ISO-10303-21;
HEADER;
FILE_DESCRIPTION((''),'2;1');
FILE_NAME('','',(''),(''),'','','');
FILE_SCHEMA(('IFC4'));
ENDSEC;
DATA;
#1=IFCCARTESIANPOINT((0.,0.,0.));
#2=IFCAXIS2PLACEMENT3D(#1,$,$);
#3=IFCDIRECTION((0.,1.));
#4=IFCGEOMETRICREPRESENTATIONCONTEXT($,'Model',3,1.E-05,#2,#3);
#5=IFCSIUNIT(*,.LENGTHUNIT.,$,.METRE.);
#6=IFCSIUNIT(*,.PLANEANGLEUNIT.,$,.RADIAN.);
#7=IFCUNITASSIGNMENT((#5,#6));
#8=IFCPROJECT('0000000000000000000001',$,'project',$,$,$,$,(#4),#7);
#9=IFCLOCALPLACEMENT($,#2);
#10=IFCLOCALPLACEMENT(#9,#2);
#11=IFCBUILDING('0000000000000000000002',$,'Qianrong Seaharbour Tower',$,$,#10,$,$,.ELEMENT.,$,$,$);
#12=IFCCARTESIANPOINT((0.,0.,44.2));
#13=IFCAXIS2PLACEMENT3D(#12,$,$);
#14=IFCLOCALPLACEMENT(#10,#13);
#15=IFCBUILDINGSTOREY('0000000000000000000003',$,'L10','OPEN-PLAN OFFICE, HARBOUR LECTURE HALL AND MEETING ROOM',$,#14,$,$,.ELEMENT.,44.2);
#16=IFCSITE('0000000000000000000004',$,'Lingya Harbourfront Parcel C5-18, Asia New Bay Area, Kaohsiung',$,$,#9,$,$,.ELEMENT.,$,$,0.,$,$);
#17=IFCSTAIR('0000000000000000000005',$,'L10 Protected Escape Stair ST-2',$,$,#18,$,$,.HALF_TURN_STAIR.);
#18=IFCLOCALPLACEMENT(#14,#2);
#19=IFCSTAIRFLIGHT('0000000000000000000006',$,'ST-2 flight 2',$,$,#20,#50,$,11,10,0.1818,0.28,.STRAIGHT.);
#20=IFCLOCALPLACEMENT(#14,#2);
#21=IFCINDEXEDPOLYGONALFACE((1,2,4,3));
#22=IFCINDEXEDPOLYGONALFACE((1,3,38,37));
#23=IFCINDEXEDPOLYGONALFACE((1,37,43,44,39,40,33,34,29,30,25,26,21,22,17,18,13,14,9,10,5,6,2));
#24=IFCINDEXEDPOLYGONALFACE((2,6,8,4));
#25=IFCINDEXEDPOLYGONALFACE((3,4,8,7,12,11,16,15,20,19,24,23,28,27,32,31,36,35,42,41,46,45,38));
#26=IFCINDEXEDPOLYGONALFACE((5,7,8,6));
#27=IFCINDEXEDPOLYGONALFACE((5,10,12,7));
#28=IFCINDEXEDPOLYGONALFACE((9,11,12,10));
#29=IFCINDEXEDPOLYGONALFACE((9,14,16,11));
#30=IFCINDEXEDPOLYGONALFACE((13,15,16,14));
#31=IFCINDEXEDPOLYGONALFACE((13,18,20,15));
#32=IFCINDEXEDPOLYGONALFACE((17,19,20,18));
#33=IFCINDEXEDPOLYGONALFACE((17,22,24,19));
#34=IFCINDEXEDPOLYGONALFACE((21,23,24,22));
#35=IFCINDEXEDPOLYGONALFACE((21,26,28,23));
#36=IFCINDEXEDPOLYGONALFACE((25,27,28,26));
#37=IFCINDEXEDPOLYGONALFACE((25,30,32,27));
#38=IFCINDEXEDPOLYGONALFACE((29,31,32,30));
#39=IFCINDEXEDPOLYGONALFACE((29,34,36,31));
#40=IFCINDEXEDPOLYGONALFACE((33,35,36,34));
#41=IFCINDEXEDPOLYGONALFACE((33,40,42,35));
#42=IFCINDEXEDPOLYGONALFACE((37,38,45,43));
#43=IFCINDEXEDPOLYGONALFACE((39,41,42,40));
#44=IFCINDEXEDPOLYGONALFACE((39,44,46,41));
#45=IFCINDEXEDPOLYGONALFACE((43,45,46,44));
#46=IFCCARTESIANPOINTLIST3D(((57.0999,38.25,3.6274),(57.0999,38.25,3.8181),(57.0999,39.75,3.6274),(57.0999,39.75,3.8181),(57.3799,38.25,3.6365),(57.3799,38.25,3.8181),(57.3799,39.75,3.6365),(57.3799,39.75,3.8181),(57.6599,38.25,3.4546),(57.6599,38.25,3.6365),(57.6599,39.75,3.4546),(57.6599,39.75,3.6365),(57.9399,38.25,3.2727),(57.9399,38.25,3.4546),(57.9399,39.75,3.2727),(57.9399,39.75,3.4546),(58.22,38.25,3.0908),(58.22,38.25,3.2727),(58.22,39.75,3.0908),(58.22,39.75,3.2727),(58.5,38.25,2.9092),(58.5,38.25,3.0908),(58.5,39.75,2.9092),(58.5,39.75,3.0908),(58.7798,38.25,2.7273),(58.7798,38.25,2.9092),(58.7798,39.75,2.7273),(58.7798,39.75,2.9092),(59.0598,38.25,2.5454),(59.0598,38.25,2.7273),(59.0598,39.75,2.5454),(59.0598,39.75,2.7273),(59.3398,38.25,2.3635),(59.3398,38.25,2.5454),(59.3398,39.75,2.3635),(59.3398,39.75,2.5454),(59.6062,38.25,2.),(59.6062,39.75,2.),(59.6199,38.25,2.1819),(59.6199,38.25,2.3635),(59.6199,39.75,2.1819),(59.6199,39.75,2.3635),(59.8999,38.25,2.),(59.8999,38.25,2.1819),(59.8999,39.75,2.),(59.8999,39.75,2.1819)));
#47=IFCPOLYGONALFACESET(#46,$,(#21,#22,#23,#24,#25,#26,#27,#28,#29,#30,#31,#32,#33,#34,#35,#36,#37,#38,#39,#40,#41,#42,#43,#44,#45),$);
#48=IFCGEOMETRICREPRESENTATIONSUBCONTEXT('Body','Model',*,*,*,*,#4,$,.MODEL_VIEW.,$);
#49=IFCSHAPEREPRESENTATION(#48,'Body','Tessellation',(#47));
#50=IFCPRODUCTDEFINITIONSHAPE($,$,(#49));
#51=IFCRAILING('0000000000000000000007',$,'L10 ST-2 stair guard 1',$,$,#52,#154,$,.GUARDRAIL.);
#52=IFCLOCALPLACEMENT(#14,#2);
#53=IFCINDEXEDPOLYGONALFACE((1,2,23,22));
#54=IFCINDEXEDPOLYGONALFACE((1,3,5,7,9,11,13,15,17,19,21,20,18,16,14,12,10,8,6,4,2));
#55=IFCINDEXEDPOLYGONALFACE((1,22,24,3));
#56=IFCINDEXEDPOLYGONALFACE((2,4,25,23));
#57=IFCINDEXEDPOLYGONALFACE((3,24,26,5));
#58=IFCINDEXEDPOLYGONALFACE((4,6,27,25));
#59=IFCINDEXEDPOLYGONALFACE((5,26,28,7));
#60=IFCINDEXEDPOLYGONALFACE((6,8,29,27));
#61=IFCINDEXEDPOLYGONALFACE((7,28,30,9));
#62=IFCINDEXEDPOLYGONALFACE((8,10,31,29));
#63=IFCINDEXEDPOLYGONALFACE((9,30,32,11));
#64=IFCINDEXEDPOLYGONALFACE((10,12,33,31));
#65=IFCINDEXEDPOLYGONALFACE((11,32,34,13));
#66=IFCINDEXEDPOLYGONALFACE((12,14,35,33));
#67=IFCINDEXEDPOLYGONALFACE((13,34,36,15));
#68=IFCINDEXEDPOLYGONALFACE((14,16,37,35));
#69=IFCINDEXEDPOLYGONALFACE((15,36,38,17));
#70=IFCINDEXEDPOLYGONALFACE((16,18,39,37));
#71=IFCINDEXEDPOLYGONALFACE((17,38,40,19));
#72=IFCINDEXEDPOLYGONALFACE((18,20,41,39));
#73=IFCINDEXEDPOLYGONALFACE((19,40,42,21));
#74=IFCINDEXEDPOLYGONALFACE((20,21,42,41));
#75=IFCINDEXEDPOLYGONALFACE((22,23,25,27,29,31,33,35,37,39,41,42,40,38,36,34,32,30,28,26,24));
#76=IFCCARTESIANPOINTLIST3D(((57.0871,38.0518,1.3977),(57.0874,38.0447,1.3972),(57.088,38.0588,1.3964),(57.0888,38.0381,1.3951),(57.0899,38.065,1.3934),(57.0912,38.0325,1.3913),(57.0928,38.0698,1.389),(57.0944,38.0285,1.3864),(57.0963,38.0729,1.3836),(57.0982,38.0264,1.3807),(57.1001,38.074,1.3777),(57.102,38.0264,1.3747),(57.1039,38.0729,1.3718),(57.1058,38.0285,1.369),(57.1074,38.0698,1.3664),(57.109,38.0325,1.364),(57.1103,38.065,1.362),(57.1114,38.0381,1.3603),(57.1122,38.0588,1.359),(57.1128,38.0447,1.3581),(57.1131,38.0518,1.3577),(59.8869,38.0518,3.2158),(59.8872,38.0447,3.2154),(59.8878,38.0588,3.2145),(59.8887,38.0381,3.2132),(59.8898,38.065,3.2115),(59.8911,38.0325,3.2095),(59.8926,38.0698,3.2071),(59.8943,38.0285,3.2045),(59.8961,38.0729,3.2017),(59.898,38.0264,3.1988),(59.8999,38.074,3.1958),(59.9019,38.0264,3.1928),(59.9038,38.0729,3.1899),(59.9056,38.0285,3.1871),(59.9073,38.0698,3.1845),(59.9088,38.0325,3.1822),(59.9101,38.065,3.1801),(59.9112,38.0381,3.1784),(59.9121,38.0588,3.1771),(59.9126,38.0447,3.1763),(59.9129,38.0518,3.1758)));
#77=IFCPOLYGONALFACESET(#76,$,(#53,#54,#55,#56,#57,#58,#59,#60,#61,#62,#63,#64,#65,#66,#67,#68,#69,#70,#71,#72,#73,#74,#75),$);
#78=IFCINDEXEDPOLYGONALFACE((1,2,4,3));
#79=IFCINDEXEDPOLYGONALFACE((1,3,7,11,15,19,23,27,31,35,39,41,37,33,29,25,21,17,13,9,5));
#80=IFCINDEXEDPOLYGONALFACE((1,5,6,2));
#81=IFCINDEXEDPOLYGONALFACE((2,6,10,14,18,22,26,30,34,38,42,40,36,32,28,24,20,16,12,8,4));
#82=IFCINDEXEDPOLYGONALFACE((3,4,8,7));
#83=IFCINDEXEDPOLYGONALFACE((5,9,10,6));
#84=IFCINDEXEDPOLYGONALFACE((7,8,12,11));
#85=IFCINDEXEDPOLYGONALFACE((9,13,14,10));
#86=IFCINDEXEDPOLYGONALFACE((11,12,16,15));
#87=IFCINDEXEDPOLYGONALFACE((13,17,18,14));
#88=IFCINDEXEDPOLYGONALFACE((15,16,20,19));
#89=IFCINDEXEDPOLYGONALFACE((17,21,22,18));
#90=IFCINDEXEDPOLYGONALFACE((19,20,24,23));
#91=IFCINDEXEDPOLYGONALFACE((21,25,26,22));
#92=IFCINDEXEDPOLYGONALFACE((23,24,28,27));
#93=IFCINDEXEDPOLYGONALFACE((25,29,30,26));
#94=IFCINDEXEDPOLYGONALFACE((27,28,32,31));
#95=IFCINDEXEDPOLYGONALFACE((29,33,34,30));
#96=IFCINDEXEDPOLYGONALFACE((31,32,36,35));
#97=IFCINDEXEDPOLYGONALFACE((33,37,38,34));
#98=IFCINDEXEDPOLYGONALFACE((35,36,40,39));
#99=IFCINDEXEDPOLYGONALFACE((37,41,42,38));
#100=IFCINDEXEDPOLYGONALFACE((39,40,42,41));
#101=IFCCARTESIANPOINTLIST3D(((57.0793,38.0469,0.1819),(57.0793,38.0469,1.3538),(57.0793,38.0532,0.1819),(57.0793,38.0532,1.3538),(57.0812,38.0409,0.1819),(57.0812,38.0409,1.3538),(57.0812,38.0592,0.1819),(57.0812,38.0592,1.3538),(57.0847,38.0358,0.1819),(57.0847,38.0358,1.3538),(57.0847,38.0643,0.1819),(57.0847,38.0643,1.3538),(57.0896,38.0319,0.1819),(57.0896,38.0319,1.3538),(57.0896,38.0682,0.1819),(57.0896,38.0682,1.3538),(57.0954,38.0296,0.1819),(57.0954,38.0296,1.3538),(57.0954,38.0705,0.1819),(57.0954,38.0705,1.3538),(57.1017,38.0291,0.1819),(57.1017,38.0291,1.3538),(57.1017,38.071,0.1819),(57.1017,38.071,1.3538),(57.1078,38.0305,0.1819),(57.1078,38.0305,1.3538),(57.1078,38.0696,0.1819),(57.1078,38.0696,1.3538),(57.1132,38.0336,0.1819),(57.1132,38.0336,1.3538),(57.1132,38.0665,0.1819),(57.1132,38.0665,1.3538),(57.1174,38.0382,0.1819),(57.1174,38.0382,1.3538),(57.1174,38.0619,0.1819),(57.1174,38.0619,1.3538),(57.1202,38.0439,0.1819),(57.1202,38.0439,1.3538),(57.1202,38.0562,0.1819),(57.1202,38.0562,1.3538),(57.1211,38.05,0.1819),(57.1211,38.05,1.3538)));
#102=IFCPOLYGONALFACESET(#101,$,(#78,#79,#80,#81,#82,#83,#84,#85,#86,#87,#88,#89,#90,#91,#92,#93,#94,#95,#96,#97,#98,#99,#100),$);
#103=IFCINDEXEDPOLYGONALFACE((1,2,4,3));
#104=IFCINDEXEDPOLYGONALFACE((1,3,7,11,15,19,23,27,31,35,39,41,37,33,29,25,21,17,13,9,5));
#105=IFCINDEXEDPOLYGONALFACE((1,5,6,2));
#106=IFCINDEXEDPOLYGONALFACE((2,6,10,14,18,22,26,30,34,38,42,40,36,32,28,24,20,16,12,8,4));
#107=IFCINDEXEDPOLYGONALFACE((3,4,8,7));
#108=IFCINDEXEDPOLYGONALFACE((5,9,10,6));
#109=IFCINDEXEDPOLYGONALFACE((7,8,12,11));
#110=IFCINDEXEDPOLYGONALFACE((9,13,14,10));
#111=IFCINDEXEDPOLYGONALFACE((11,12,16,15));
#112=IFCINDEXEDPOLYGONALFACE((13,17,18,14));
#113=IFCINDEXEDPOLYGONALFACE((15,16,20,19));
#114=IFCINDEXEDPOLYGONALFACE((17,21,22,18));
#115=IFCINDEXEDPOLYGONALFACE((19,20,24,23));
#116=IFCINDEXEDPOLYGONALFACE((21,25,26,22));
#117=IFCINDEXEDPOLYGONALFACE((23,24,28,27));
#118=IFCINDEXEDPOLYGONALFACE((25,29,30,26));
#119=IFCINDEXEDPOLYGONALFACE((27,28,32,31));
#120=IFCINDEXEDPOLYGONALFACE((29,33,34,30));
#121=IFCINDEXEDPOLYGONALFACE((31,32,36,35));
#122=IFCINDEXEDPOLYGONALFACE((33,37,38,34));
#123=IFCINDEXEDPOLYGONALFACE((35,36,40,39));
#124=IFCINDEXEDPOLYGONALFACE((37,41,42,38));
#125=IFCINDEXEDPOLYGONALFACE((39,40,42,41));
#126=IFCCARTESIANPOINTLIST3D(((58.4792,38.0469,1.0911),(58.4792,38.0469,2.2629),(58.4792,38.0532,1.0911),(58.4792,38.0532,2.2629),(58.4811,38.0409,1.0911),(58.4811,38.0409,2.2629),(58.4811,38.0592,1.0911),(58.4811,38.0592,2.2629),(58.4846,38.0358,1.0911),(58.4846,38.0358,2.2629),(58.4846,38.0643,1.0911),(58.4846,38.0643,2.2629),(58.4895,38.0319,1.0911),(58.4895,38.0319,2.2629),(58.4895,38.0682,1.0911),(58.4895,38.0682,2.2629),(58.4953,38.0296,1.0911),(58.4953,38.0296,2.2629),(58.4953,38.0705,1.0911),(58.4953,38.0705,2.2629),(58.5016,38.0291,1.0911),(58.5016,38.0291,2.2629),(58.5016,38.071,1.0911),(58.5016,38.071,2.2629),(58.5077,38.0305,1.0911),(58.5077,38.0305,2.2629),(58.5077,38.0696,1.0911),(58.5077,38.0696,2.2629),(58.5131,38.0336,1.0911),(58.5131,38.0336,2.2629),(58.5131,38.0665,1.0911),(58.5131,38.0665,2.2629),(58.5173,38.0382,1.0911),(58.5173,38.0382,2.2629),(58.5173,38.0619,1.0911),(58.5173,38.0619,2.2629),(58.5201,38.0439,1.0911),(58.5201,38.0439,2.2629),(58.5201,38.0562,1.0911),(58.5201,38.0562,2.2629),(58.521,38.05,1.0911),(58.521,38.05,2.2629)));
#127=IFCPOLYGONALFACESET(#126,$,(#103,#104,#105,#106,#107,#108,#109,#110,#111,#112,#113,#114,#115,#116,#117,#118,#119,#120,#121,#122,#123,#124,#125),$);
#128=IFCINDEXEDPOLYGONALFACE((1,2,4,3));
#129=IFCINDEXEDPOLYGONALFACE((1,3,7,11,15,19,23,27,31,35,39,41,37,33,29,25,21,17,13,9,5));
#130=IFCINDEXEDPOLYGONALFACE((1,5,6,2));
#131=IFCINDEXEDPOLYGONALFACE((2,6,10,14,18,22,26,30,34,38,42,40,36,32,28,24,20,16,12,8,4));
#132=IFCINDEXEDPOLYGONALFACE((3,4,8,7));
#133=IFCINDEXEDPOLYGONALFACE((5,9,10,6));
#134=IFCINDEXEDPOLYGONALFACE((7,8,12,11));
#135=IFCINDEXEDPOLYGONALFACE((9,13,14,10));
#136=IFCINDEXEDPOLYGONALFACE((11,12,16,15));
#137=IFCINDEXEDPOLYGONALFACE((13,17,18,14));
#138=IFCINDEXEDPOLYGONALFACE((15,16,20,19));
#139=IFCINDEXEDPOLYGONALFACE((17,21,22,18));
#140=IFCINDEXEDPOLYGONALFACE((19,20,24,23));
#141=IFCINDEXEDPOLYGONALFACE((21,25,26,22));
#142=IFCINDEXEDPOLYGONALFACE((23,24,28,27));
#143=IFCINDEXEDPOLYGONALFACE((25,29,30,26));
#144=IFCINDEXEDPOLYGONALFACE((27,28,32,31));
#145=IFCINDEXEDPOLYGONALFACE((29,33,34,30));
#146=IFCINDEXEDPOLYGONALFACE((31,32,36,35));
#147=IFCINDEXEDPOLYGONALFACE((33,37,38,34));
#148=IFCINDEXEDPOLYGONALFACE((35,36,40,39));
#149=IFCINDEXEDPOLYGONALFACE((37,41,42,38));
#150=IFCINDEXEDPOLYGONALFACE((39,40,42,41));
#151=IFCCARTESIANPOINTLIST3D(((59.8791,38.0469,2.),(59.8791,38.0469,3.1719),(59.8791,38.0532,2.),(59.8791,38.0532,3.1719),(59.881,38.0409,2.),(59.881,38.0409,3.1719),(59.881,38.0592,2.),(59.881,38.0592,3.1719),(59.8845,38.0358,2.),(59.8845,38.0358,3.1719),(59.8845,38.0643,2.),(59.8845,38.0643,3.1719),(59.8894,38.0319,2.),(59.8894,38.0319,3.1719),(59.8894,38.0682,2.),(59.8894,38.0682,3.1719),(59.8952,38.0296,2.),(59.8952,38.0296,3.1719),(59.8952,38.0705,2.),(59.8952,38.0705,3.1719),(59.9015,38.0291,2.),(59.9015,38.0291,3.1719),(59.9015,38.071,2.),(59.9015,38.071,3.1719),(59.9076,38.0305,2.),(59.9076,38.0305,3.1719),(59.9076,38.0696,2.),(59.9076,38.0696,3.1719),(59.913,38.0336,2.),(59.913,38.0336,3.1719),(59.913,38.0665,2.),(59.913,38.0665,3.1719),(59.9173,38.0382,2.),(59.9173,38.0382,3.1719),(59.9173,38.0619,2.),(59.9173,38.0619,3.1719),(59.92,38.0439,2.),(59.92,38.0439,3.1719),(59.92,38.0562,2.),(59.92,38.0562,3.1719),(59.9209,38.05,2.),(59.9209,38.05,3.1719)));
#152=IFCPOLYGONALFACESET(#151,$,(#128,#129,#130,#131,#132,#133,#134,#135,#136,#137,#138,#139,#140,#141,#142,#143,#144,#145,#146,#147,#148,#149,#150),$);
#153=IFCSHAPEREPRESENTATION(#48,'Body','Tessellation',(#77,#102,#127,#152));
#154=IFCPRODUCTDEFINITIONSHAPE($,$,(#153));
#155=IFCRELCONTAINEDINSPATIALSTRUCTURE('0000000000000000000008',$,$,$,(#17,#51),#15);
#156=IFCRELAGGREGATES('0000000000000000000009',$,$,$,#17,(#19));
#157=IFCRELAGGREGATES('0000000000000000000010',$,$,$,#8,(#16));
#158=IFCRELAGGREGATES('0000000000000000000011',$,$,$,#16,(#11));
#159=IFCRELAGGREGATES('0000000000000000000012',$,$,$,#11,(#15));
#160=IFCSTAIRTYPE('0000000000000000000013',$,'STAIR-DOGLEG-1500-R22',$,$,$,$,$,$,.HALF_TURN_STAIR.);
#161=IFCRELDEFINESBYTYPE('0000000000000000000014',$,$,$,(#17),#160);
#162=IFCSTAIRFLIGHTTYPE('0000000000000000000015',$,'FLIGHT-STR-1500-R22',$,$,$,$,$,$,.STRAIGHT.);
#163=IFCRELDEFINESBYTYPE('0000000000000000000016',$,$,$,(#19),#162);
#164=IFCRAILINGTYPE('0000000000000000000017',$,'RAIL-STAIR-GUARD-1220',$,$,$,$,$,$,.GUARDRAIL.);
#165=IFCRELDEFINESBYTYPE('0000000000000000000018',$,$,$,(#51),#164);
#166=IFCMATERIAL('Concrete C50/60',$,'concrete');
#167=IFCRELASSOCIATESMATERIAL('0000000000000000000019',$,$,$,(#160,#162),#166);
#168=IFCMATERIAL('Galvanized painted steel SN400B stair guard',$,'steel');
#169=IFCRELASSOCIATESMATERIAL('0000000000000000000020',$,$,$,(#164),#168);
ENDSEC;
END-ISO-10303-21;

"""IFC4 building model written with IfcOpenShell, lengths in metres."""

from ifc_helpers import new_model, si_unit, direction, frame, origin, origin_2d, place, context, subcontext, project, spatial, polyline, circle, outline, extrude, material, type_object, element, aggregate, save


model = new_model("IFC4")

# Units and contexts
model_context = context("Model", 3, precision=1e-05, world=origin(), true_north=direction((0.0, 1.0)))
body_context = subcontext(model_context, "Body", "Model", "MODEL_VIEW")
ifc_project = project(units=[si_unit("LENGTHUNIT", "METRE"), si_unit("PLANEANGLEUNIT", "RADIAN")], contexts=[model_context])

# Site, building, storey
site_placement = place(None, origin())
site = spatial("IfcSite", under=ifc_project, at=site_placement, Name="Lingya Harbourfront Parcel C5-18, Asia New Bay Area, Kaohsiung", CompositionType="ELEMENT", RefElevation=0.0)
building_placement = place(site_placement, origin())
building = spatial("IfcBuilding", under=site, at=building_placement, Name="Qianrong Seaharbour Tower", CompositionType="ELEMENT")
storey_placement = place(building_placement, frame((0.0, 0.0, 44.2)))
storey = spatial("IfcBuildingStorey", under=building, at=storey_placement, Name="L10", Description="OPEN-PLAN OFFICE, HARBOUR LECTURE HALL AND MEETING ROOM", CompositionType="ELEMENT", Elevation=44.2)

# Shared definitions
ifc_material_1 = material(Name="Concrete C50/60", Category="concrete")

# Stair, stair flight
stair_type = type_object("IfcStairType", Name="STAIR-DOGLEG-1500-R22", PredefinedType="HALF_TURN_STAIR", material=ifc_material_1)
stair_placement = place(storey_placement, origin())
stair = element("IfcStair", 1, at=stair_placement, inside=storey, type_object=stair_type, Name="L10 Protected Escape Stair ST-2", PredefinedType="HALF_TURN_STAIR")
stair_flight_type = type_object("IfcStairFlightType", Name="FLIGHT-STR-1500-R22", PredefinedType="STRAIGHT", material=ifc_material_1)
stair_flight_1_placement = place(storey_placement, frame((59.8999, 39.0, 2.0), z_axis=(0.0, 0.0, 1.0), x_axis=(-1.0, 0.0, 0.0)))
stair_flight_1 = element("IfcStairFlight", 2, at=stair_flight_1_placement, type_object=stair_flight_type, Name="ST-2 flight 2", NumberOfRisers=11, NumberOfTreads=10, PredefinedType="STRAIGHT", RiserHeight=0.1818, TreadLength=0.28, context=body_context, shape_type="SweptSolid", body=[
    extrude(outline(polyline([(0.0, 0.0), (0.0, 0.1819), (0.28, 0.1819), (0.28, 0.3635), (0.5601, 0.3635), (0.5601, 0.5454), (0.8401, 0.5454), (0.8401, 0.7273), (1.1201, 0.7273), (1.1201, 0.9092), (1.3999, 0.9092), (1.3999, 1.0908), (1.6799, 1.0908), (1.6799, 1.2727), (1.96, 1.2727), (1.96, 1.4546), (2.24, 1.4546), (2.24, 1.6365), (2.52, 1.6365), (2.52, 1.8181), (2.8, 1.8181), (2.8, 2.0), (2.8, 1.6274), (0.2937, 0.0), (0.0, 0.0)])), frame((0.0, 0.75, 0.0), z_axis=(0.0, -1.0, 0.0), x_axis=(1.0, 0.0, 0.0)), (0.0, 0.0, 1.0), 1.5),
])
aggregate(stair, [stair_flight_1])

# Railing
ifc_material_2 = material(Name="Galvanized painted steel SN400B stair guard", Category="steel")
railing_type_1 = type_object("IfcRailingType", Name="RAIL-STAIR-GUARD-1220", PredefinedType="GUARDRAIL", material=ifc_material_2)
railing_1_placement = place(storey_placement, frame((57.1001, 38.05, 0.1819)))
element("IfcRailing", 3, at=railing_1_placement, inside=storey, type_object=railing_type_1, Name="L10 ST-2 stair guard 1", PredefinedType="GUARDRAIL", context=body_context, shape_type="SweptSolid", body=[
    extrude(circle(Radius=0.0239, at=origin_2d()), frame((0.0, 0.0, 1.1958), z_axis=(0.838684, 0.0, 0.544618), x_axis=(0.0, 1.0, 0.0)), (0.0, 0.0, 1.0), 3.3384),
    extrude(circle(Radius=0.021, at=origin_2d()), origin(), (0.0, 0.0, 1.0), 1.1719),
    extrude(circle(Radius=0.021, at=origin_2d()), frame((1.3999, 0.0, 0.9092)), (0.0, 0.0, 1.0), 1.1719),
    extrude(circle(Radius=0.021, at=origin_2d()), frame((2.7998, 0.0, 1.8181)), (0.0, 0.0, 1.0), 1.1719),
])

save(model, "model.ifc")
